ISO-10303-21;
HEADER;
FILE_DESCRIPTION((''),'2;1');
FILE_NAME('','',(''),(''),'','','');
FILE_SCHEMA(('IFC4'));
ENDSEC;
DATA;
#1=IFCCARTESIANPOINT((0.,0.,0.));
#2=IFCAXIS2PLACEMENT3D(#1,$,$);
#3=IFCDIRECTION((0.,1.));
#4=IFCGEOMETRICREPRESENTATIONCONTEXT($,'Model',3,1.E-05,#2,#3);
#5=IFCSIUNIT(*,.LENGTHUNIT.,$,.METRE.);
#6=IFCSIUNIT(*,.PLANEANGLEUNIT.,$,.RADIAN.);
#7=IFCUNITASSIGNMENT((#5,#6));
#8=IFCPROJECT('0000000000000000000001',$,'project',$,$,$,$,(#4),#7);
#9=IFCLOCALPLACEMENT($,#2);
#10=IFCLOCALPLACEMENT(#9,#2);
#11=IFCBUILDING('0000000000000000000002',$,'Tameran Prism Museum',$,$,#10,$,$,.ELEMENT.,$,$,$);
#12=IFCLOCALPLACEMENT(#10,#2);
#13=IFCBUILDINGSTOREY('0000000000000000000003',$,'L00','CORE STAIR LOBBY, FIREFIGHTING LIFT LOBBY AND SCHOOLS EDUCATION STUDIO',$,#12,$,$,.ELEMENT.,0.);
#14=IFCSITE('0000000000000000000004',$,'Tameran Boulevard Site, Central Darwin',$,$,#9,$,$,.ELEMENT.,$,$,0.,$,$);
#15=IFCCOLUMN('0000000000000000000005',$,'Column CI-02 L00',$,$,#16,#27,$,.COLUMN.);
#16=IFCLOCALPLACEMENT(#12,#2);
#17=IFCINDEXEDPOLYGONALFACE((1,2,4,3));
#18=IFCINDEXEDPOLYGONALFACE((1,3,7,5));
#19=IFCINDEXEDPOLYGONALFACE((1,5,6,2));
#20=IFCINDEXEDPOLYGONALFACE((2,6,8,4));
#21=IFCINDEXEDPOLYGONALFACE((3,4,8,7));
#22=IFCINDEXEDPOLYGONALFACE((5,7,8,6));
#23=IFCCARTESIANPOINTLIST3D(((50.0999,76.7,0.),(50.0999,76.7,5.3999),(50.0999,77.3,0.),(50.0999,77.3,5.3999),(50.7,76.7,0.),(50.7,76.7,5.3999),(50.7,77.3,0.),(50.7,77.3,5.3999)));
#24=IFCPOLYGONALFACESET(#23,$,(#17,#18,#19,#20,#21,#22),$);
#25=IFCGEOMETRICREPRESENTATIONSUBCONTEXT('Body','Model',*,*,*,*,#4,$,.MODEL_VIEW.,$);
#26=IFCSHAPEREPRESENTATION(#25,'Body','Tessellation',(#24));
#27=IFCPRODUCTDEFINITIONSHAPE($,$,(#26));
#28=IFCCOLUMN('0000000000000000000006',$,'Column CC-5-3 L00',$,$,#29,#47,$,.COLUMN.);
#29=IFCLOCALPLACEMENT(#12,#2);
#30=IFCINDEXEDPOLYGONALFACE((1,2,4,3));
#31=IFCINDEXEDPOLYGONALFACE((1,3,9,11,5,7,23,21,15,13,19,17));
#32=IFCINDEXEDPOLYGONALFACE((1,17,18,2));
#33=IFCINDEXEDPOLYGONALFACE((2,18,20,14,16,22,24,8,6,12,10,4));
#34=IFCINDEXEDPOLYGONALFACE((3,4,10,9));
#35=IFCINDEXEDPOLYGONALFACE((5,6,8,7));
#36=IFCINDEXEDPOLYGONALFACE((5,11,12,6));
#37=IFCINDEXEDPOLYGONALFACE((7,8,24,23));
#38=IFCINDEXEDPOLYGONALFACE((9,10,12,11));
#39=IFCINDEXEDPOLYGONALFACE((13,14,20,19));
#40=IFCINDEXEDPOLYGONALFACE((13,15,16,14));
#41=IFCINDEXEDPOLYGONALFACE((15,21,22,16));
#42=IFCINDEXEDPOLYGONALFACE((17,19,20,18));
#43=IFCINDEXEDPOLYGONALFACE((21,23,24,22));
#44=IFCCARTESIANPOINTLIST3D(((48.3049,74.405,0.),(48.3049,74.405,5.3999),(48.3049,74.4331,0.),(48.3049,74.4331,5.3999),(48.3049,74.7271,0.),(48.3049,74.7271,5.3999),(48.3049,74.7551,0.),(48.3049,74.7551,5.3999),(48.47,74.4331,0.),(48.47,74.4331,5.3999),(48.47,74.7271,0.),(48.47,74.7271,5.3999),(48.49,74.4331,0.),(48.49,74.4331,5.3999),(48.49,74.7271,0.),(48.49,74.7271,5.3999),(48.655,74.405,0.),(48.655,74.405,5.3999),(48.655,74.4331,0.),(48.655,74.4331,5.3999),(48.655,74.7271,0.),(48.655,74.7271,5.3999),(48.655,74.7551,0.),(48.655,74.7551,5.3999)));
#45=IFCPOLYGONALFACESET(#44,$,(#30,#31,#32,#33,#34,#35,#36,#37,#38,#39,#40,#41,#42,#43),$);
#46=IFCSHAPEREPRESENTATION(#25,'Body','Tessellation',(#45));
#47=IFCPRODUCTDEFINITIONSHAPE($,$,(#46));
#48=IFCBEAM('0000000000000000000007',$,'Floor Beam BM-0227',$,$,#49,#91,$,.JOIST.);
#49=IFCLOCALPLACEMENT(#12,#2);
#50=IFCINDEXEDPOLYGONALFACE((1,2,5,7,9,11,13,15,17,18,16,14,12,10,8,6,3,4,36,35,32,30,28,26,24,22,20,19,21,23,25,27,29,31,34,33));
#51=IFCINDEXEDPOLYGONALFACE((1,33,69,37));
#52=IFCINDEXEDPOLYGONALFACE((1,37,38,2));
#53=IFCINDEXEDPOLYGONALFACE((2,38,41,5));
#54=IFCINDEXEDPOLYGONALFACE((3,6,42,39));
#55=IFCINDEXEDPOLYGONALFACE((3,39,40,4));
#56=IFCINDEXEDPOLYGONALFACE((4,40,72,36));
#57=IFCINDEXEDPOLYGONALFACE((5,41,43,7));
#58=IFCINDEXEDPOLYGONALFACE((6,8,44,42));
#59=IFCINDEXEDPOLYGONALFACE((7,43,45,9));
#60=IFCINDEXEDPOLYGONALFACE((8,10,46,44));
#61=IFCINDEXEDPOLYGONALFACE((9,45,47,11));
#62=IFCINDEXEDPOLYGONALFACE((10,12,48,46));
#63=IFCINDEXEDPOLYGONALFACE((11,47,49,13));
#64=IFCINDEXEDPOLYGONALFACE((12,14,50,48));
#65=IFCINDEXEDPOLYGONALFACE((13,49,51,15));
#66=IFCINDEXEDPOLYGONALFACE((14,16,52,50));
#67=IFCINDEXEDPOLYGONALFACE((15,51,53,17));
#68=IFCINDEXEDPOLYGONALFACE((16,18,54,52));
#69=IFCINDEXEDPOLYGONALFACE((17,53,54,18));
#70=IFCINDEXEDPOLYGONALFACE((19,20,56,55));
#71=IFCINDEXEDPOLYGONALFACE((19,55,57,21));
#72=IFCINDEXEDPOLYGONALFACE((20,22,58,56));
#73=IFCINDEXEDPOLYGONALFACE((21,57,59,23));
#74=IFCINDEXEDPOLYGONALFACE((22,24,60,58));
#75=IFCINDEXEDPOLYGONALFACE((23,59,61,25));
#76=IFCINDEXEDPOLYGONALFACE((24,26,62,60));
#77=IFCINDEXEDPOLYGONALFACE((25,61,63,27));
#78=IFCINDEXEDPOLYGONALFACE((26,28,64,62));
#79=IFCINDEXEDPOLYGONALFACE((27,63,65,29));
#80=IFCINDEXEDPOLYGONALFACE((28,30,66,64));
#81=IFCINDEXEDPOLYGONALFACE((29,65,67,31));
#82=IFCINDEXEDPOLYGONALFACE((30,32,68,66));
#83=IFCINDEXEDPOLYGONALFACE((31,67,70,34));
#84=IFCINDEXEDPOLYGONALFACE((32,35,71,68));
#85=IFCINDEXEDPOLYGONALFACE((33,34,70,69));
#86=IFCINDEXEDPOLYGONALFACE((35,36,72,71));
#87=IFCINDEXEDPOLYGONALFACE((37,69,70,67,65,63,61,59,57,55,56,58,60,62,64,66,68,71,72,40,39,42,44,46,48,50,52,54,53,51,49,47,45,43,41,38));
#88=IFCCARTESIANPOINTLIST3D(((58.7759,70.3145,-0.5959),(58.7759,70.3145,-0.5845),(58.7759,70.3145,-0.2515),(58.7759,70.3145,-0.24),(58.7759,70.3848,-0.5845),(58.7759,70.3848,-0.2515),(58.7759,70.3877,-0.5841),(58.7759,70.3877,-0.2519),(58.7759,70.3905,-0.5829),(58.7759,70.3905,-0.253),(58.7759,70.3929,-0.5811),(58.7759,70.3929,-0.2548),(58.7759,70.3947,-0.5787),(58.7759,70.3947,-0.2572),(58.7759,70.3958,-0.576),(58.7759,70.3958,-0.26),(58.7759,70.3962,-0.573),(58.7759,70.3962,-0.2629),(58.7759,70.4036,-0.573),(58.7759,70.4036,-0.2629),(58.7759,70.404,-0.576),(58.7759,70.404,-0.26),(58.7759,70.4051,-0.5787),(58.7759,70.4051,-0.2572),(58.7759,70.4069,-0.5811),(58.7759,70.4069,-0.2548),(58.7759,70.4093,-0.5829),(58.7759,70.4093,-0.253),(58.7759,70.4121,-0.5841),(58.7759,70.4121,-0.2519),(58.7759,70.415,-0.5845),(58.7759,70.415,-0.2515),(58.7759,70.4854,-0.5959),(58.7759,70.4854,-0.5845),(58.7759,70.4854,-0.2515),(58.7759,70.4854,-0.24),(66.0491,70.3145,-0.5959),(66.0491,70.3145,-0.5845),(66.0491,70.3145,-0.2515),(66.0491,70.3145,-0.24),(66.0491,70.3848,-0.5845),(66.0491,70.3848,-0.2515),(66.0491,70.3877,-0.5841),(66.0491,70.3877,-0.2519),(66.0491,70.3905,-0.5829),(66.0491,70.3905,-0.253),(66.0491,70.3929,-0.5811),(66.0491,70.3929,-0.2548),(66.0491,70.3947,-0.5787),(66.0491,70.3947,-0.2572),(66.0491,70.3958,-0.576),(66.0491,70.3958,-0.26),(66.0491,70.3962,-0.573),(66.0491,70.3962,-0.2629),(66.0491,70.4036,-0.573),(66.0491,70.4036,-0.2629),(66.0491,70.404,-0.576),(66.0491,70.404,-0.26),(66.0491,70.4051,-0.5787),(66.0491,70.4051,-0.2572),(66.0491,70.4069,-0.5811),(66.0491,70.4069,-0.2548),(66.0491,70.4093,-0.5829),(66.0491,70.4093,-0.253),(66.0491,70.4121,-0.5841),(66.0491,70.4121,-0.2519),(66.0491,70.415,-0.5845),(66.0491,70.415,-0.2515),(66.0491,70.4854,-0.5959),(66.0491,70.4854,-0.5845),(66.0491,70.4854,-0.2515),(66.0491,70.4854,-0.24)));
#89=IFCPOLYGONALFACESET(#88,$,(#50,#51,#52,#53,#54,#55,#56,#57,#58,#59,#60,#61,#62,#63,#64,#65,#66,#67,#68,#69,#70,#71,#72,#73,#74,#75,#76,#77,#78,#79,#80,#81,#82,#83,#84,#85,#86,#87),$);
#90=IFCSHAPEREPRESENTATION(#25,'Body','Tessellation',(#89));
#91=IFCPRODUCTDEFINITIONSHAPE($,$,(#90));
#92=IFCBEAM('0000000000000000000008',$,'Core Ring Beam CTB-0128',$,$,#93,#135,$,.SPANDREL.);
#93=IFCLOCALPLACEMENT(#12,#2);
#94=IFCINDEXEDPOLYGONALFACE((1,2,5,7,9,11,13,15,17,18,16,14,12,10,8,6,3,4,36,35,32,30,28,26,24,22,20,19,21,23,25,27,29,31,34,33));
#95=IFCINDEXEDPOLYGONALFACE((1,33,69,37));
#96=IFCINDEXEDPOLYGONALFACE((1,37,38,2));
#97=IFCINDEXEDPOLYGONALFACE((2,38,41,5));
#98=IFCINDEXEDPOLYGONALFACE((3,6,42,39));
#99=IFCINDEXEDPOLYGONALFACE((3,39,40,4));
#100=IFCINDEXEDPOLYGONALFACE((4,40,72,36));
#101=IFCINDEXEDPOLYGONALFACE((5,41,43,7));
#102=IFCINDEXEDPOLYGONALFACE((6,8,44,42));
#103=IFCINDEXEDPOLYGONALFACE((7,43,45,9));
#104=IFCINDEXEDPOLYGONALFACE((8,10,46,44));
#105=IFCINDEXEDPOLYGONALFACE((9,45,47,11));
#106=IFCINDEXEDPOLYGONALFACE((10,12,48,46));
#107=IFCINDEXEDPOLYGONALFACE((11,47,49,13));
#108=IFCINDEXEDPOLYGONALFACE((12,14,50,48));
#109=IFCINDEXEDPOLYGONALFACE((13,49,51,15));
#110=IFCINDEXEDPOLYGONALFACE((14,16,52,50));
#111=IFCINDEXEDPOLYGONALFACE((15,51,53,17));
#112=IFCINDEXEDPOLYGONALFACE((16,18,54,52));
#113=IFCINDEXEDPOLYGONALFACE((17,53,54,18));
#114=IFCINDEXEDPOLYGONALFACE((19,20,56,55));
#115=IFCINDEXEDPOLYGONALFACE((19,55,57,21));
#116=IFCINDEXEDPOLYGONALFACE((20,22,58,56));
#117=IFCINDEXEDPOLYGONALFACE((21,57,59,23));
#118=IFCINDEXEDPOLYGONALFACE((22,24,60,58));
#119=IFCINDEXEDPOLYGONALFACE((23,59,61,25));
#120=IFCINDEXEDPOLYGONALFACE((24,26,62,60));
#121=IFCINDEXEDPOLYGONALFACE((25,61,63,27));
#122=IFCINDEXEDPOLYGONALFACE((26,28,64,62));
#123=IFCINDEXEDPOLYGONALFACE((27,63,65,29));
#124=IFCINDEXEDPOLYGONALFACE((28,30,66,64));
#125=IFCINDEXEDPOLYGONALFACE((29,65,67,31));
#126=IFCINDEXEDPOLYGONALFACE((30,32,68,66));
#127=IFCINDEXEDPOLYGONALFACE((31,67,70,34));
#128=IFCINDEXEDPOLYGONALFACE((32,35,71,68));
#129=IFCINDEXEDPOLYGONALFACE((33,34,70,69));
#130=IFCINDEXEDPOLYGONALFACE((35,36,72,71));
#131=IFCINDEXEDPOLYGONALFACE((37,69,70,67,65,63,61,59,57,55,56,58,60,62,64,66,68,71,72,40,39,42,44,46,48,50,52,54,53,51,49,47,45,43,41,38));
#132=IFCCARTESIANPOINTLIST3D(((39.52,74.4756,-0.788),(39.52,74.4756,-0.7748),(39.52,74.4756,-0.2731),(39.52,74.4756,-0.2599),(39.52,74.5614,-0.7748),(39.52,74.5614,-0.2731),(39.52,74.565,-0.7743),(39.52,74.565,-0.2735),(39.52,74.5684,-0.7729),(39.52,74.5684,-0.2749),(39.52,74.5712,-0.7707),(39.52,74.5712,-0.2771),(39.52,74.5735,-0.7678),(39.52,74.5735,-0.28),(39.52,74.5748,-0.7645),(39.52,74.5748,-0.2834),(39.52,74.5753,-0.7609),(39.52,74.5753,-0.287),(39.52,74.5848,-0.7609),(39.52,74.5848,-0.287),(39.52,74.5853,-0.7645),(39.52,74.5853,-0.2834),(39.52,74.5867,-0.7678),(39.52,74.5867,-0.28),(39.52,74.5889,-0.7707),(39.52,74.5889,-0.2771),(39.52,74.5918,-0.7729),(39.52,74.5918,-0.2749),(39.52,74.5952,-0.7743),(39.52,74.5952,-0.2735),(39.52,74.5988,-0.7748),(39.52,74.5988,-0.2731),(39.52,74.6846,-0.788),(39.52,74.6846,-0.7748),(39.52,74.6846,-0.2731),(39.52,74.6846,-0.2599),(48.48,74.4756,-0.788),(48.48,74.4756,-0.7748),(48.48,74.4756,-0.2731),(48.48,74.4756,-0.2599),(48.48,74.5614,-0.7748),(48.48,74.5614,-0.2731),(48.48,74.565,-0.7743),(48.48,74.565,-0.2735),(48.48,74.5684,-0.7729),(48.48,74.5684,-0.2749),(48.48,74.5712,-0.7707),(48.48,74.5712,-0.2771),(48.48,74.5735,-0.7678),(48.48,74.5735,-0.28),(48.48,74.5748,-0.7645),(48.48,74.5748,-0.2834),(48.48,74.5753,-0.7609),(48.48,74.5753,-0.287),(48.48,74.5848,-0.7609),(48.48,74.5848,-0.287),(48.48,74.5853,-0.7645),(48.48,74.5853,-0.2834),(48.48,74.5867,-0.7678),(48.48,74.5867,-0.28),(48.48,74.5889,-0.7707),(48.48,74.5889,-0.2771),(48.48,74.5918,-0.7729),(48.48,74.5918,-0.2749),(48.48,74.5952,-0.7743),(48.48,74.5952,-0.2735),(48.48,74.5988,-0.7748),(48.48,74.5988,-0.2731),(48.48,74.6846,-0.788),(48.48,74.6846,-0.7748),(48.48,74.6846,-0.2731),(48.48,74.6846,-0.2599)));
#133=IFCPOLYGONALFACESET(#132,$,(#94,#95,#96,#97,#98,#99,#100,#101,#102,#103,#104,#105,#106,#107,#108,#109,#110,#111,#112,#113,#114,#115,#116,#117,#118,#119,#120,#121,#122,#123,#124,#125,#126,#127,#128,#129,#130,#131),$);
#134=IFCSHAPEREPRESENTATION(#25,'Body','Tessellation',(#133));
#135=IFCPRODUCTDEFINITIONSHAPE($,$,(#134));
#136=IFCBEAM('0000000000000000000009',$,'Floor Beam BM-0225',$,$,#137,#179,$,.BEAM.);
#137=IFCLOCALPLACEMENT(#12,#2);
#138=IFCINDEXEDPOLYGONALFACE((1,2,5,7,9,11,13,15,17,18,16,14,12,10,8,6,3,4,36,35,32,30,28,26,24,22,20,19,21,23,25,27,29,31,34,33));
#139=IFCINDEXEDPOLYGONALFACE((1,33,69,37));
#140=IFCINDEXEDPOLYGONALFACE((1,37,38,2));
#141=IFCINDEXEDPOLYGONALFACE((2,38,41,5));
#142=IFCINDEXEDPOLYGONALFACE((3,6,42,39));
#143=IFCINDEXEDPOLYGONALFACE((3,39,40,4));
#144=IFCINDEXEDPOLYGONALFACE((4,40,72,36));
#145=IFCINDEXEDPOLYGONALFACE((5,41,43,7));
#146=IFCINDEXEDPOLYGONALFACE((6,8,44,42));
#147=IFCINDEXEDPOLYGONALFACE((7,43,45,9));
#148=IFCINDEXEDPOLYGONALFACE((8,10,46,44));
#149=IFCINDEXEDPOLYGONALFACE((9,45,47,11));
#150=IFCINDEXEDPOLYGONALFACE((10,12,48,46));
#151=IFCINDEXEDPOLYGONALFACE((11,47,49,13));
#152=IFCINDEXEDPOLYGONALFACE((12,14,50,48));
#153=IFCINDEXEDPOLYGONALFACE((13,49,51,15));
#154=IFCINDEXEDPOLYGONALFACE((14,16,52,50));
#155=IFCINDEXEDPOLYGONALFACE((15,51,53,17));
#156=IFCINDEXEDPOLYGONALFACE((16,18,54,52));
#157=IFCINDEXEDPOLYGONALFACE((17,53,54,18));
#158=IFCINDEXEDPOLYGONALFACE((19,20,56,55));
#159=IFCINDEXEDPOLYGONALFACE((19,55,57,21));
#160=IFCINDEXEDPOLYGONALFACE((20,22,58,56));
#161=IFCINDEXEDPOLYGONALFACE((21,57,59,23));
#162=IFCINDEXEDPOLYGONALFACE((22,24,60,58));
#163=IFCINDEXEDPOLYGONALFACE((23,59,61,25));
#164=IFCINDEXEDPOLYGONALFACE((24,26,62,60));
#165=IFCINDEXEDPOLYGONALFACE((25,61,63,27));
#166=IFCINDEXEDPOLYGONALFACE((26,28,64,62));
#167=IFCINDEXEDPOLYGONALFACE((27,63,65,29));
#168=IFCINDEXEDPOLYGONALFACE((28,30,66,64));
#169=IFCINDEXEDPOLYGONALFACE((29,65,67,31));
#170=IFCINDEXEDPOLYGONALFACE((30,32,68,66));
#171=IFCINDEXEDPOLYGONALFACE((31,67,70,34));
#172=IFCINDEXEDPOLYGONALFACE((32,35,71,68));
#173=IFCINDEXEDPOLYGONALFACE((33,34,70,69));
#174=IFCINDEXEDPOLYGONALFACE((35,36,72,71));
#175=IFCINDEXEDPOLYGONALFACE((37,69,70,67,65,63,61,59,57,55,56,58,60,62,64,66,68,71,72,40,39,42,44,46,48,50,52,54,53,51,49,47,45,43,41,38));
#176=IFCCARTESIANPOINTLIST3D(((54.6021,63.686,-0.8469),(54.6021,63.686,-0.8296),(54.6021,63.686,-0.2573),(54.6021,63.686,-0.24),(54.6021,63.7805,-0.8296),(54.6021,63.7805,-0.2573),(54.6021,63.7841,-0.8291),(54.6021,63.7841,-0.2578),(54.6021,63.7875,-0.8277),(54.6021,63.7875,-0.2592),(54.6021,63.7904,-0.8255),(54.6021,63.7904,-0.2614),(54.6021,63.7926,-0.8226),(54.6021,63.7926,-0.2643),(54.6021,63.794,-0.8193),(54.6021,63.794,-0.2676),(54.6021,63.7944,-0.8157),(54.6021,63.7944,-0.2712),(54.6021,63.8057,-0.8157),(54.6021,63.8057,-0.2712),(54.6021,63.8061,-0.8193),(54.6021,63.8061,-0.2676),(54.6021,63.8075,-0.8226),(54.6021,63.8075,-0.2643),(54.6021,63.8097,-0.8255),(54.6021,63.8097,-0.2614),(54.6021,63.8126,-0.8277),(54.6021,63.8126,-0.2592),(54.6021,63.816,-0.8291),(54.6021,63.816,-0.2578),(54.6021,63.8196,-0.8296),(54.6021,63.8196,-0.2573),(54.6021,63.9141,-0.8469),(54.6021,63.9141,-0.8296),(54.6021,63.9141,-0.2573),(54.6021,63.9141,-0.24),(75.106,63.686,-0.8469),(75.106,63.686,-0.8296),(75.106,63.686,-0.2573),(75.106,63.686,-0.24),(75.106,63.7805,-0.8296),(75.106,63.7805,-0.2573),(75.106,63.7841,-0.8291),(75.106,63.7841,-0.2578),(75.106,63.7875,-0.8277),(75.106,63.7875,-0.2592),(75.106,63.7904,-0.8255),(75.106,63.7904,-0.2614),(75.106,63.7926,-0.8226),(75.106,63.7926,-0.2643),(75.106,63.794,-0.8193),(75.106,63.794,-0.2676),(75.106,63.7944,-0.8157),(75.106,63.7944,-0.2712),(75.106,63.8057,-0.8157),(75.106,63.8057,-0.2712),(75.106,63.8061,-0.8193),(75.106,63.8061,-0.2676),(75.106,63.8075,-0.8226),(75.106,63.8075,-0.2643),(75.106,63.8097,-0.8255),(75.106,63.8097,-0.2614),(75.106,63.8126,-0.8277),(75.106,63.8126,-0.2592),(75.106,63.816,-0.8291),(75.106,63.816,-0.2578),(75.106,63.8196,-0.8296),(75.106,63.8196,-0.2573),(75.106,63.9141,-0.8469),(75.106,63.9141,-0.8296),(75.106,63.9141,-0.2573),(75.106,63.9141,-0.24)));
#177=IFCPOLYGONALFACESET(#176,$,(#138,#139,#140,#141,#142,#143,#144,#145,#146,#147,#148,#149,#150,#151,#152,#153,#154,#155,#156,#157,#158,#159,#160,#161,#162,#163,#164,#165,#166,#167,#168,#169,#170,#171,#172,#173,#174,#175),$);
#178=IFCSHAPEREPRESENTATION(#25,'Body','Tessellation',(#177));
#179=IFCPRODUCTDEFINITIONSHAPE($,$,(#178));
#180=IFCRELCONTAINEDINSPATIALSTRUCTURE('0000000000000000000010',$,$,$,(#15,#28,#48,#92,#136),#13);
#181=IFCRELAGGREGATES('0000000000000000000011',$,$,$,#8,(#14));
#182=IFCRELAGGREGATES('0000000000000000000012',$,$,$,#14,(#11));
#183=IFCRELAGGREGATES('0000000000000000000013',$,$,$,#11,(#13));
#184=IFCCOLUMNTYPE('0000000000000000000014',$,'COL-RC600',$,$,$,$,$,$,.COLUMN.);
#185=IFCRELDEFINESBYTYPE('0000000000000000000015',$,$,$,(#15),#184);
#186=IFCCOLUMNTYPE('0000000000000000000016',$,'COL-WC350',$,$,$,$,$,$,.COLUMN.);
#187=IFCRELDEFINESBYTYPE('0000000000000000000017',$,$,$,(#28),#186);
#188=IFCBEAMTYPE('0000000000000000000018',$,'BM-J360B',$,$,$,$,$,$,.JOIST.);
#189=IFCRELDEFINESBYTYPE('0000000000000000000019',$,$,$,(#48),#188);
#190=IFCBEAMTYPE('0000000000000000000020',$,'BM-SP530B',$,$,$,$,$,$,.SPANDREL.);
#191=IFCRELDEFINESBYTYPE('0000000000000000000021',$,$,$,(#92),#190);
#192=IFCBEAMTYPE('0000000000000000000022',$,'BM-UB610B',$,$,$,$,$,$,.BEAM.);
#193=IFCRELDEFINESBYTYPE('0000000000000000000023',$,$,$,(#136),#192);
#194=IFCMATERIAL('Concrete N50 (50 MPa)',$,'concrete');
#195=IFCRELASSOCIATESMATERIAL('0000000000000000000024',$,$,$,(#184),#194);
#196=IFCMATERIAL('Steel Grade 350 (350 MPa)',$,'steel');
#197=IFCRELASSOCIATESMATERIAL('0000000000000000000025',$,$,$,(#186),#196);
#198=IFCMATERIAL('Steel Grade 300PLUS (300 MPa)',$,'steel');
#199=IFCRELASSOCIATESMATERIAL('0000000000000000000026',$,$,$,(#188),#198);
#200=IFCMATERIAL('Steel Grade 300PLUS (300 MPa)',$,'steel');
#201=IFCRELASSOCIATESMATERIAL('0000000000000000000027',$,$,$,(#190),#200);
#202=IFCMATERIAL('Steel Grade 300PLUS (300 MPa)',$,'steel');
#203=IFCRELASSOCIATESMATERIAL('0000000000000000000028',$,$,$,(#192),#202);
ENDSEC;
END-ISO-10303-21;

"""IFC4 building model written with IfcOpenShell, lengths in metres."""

from ifc_helpers import new_model, si_unit, direction, frame, origin, origin_2d, place, context, subcontext, project, spatial, rectangle, i_section, extrude, material, material_profile, profile_set, type_object, element, save


model = new_model("IFC4")

# Units and contexts
model_context = context("Model", 3, precision=1e-05, world=origin(), true_north=direction((0.0, 1.0)))
body_context = subcontext(model_context, "Body", "Model", "MODEL_VIEW")
ifc_project = project(units=[si_unit("LENGTHUNIT", "METRE"), si_unit("PLANEANGLEUNIT", "RADIAN")], contexts=[model_context])

# Site, building, storey
site_placement = place(None, origin())
site = spatial("IfcSite", under=ifc_project, at=site_placement, Name="Tameran Boulevard Site, Central Darwin", CompositionType="ELEMENT", RefElevation=0.0)
building_placement = place(site_placement, origin())
building = spatial("IfcBuilding", under=site, at=building_placement, Name="Tameran Prism Museum", CompositionType="ELEMENT")
storey_placement = place(building_placement, origin())
storey = spatial("IfcBuildingStorey", under=building, at=storey_placement, Name="L00", Description="CORE STAIR LOBBY, FIREFIGHTING LIFT LOBBY AND SCHOOLS EDUCATION STUDIO", CompositionType="ELEMENT", Elevation=0.0)

# Columns
ifc_material_1 = material(Name="Concrete N50 (50 MPa)", Category="concrete")
ifc_material_profile_1 = material_profile(ifc_material_1, rectangle(XDim=0.6001, YDim=0.6001, at=origin_2d()))
ifc_profile_set_1 = profile_set([ifc_material_profile_1])
column_type_1 = type_object("IfcColumnType", Name="COL-RC600", PredefinedType="COLUMN", material=ifc_profile_set_1)
column_1_placement = place(storey_placement, frame((50.3999, 77.0, 0.0), z_axis=(0.0, 0.0, 1.0), x_axis=(1.0, 0.0, 0.0)))
element("IfcColumn", 1, at=column_1_placement, inside=storey, type_object=column_type_1, Name="Column CI-02 L00", PredefinedType="COLUMN", context=body_context, shape_type="SweptSolid", body=[
    extrude(rectangle(XDim=0.6001, YDim=0.6001, at=origin_2d()), origin(), (0.0, 0.0, 1.0), 5.3999),
])
ifc_material_2 = material(Name="Steel Grade 350 (350 MPa)", Category="steel")
ifc_material_profile_2 = material_profile(ifc_material_2, i_section(OverallWidth=0.3501, OverallDepth=0.3501, WebThickness=0.02, FlangeThickness=0.0281, at=origin_2d()))
ifc_profile_set_2 = profile_set([ifc_material_profile_2])
column_type_2 = type_object("IfcColumnType", Name="COL-WC350", PredefinedType="COLUMN", material=ifc_profile_set_2)
column_2_placement = place(storey_placement, frame((48.48, 74.5801, 0.0), z_axis=(0.0, 0.0, 1.0), x_axis=(1.0, 0.0, 0.0)))
element("IfcColumn", 2, at=column_2_placement, inside=storey, type_object=column_type_2, Name="Column CC-5-3 L00", PredefinedType="COLUMN", context=body_context, shape_type="SweptSolid", body=[
    extrude(i_section(OverallWidth=0.3501, OverallDepth=0.3501, WebThickness=0.02, FlangeThickness=0.0281, at=origin_2d()), origin(), (0.0, 0.0, 1.0), 5.3999),
])

# Beams
ifc_material_3 = material(Name="Steel Grade 300PLUS (300 MPa)", Category="steel")
ifc_material_profile_3 = material_profile(ifc_material_3, i_section(OverallWidth=0.1709, OverallDepth=0.356, WebThickness=0.0073, FlangeThickness=0.0115, FilletRadius=0.0115, at=origin_2d()))
ifc_profile_set_3 = profile_set([ifc_material_profile_3])
beam_type_1 = type_object("IfcBeamType", Name="BM-J360B", PredefinedType="JOIST", material=ifc_profile_set_3)
beam_1_placement = place(storey_placement, frame((58.7759, 70.3999, -0.418), z_axis=(1.0, 0.0, 0.0), x_axis=(0.0, 1.0, 0.0)))
element("IfcBeam", 3, at=beam_1_placement, inside=storey, type_object=beam_type_1, Name="Floor Beam BM-0227", PredefinedType="JOIST", context=body_context, shape_type="SweptSolid", body=[
    extrude(i_section(OverallWidth=0.1709, OverallDepth=0.356, WebThickness=0.0073, FlangeThickness=0.0115, FilletRadius=0.0115, at=origin_2d()), origin(), (0.0, 0.0, 1.0), 7.2732),
])
ifc_material_4 = material(Name="Steel Grade 300PLUS (300 MPa)", Category="steel")
ifc_material_profile_4 = material_profile(ifc_material_4, i_section(OverallWidth=0.209, OverallDepth=0.5281, WebThickness=0.0095, FlangeThickness=0.0132, FilletRadius=0.0139, at=origin_2d()))
ifc_profile_set_4 = profile_set([ifc_material_profile_4])
beam_type_2 = type_object("IfcBeamType", Name="BM-SP530B", PredefinedType="SPANDREL", material=ifc_profile_set_4)
beam_2_placement = place(storey_placement, frame((48.48, 74.5801, -0.5239), z_axis=(-1.0, 0.0, 0.0), x_axis=(0.0, -1.0, 0.0)))
element("IfcBeam", 4, at=beam_2_placement, inside=storey, type_object=beam_type_2, Name="Core Ring Beam CTB-0128", PredefinedType="SPANDREL", context=body_context, shape_type="SweptSolid", body=[
    extrude(i_section(OverallWidth=0.209, OverallDepth=0.5281, WebThickness=0.0095, FlangeThickness=0.0132, FilletRadius=0.0139, at=origin_2d()), origin(), (0.0, 0.0, 1.0), 8.96),
])
ifc_material_5 = material(Name="Steel Grade 300PLUS (300 MPa)", Category="steel")
ifc_material_profile_5 = material_profile(ifc_material_5, i_section(OverallWidth=0.228, OverallDepth=0.6069, WebThickness=0.0112, FlangeThickness=0.0173, FilletRadius=0.0139, at=origin_2d()))
ifc_profile_set_5 = profile_set([ifc_material_profile_5])
beam_type_3 = type_object("IfcBeamType", Name="BM-UB610B", PredefinedType="BEAM", material=ifc_profile_set_5)
beam_3_placement = place(storey_placement, frame((54.6021, 63.8, -0.5435), z_axis=(1.0, 0.0, 0.0), x_axis=(0.0, 1.0, 0.0)))
element("IfcBeam", 5, at=beam_3_placement, inside=storey, type_object=beam_type_3, Name="Floor Beam BM-0225", PredefinedType="BEAM", context=body_context, shape_type="SweptSolid", body=[
    extrude(i_section(OverallWidth=0.228, OverallDepth=0.6069, WebThickness=0.0112, FlangeThickness=0.0173, FilletRadius=0.0139, at=origin_2d()), origin(), (0.0, 0.0, 1.0), 20.5039),
])

save(model, "model.ifc")
